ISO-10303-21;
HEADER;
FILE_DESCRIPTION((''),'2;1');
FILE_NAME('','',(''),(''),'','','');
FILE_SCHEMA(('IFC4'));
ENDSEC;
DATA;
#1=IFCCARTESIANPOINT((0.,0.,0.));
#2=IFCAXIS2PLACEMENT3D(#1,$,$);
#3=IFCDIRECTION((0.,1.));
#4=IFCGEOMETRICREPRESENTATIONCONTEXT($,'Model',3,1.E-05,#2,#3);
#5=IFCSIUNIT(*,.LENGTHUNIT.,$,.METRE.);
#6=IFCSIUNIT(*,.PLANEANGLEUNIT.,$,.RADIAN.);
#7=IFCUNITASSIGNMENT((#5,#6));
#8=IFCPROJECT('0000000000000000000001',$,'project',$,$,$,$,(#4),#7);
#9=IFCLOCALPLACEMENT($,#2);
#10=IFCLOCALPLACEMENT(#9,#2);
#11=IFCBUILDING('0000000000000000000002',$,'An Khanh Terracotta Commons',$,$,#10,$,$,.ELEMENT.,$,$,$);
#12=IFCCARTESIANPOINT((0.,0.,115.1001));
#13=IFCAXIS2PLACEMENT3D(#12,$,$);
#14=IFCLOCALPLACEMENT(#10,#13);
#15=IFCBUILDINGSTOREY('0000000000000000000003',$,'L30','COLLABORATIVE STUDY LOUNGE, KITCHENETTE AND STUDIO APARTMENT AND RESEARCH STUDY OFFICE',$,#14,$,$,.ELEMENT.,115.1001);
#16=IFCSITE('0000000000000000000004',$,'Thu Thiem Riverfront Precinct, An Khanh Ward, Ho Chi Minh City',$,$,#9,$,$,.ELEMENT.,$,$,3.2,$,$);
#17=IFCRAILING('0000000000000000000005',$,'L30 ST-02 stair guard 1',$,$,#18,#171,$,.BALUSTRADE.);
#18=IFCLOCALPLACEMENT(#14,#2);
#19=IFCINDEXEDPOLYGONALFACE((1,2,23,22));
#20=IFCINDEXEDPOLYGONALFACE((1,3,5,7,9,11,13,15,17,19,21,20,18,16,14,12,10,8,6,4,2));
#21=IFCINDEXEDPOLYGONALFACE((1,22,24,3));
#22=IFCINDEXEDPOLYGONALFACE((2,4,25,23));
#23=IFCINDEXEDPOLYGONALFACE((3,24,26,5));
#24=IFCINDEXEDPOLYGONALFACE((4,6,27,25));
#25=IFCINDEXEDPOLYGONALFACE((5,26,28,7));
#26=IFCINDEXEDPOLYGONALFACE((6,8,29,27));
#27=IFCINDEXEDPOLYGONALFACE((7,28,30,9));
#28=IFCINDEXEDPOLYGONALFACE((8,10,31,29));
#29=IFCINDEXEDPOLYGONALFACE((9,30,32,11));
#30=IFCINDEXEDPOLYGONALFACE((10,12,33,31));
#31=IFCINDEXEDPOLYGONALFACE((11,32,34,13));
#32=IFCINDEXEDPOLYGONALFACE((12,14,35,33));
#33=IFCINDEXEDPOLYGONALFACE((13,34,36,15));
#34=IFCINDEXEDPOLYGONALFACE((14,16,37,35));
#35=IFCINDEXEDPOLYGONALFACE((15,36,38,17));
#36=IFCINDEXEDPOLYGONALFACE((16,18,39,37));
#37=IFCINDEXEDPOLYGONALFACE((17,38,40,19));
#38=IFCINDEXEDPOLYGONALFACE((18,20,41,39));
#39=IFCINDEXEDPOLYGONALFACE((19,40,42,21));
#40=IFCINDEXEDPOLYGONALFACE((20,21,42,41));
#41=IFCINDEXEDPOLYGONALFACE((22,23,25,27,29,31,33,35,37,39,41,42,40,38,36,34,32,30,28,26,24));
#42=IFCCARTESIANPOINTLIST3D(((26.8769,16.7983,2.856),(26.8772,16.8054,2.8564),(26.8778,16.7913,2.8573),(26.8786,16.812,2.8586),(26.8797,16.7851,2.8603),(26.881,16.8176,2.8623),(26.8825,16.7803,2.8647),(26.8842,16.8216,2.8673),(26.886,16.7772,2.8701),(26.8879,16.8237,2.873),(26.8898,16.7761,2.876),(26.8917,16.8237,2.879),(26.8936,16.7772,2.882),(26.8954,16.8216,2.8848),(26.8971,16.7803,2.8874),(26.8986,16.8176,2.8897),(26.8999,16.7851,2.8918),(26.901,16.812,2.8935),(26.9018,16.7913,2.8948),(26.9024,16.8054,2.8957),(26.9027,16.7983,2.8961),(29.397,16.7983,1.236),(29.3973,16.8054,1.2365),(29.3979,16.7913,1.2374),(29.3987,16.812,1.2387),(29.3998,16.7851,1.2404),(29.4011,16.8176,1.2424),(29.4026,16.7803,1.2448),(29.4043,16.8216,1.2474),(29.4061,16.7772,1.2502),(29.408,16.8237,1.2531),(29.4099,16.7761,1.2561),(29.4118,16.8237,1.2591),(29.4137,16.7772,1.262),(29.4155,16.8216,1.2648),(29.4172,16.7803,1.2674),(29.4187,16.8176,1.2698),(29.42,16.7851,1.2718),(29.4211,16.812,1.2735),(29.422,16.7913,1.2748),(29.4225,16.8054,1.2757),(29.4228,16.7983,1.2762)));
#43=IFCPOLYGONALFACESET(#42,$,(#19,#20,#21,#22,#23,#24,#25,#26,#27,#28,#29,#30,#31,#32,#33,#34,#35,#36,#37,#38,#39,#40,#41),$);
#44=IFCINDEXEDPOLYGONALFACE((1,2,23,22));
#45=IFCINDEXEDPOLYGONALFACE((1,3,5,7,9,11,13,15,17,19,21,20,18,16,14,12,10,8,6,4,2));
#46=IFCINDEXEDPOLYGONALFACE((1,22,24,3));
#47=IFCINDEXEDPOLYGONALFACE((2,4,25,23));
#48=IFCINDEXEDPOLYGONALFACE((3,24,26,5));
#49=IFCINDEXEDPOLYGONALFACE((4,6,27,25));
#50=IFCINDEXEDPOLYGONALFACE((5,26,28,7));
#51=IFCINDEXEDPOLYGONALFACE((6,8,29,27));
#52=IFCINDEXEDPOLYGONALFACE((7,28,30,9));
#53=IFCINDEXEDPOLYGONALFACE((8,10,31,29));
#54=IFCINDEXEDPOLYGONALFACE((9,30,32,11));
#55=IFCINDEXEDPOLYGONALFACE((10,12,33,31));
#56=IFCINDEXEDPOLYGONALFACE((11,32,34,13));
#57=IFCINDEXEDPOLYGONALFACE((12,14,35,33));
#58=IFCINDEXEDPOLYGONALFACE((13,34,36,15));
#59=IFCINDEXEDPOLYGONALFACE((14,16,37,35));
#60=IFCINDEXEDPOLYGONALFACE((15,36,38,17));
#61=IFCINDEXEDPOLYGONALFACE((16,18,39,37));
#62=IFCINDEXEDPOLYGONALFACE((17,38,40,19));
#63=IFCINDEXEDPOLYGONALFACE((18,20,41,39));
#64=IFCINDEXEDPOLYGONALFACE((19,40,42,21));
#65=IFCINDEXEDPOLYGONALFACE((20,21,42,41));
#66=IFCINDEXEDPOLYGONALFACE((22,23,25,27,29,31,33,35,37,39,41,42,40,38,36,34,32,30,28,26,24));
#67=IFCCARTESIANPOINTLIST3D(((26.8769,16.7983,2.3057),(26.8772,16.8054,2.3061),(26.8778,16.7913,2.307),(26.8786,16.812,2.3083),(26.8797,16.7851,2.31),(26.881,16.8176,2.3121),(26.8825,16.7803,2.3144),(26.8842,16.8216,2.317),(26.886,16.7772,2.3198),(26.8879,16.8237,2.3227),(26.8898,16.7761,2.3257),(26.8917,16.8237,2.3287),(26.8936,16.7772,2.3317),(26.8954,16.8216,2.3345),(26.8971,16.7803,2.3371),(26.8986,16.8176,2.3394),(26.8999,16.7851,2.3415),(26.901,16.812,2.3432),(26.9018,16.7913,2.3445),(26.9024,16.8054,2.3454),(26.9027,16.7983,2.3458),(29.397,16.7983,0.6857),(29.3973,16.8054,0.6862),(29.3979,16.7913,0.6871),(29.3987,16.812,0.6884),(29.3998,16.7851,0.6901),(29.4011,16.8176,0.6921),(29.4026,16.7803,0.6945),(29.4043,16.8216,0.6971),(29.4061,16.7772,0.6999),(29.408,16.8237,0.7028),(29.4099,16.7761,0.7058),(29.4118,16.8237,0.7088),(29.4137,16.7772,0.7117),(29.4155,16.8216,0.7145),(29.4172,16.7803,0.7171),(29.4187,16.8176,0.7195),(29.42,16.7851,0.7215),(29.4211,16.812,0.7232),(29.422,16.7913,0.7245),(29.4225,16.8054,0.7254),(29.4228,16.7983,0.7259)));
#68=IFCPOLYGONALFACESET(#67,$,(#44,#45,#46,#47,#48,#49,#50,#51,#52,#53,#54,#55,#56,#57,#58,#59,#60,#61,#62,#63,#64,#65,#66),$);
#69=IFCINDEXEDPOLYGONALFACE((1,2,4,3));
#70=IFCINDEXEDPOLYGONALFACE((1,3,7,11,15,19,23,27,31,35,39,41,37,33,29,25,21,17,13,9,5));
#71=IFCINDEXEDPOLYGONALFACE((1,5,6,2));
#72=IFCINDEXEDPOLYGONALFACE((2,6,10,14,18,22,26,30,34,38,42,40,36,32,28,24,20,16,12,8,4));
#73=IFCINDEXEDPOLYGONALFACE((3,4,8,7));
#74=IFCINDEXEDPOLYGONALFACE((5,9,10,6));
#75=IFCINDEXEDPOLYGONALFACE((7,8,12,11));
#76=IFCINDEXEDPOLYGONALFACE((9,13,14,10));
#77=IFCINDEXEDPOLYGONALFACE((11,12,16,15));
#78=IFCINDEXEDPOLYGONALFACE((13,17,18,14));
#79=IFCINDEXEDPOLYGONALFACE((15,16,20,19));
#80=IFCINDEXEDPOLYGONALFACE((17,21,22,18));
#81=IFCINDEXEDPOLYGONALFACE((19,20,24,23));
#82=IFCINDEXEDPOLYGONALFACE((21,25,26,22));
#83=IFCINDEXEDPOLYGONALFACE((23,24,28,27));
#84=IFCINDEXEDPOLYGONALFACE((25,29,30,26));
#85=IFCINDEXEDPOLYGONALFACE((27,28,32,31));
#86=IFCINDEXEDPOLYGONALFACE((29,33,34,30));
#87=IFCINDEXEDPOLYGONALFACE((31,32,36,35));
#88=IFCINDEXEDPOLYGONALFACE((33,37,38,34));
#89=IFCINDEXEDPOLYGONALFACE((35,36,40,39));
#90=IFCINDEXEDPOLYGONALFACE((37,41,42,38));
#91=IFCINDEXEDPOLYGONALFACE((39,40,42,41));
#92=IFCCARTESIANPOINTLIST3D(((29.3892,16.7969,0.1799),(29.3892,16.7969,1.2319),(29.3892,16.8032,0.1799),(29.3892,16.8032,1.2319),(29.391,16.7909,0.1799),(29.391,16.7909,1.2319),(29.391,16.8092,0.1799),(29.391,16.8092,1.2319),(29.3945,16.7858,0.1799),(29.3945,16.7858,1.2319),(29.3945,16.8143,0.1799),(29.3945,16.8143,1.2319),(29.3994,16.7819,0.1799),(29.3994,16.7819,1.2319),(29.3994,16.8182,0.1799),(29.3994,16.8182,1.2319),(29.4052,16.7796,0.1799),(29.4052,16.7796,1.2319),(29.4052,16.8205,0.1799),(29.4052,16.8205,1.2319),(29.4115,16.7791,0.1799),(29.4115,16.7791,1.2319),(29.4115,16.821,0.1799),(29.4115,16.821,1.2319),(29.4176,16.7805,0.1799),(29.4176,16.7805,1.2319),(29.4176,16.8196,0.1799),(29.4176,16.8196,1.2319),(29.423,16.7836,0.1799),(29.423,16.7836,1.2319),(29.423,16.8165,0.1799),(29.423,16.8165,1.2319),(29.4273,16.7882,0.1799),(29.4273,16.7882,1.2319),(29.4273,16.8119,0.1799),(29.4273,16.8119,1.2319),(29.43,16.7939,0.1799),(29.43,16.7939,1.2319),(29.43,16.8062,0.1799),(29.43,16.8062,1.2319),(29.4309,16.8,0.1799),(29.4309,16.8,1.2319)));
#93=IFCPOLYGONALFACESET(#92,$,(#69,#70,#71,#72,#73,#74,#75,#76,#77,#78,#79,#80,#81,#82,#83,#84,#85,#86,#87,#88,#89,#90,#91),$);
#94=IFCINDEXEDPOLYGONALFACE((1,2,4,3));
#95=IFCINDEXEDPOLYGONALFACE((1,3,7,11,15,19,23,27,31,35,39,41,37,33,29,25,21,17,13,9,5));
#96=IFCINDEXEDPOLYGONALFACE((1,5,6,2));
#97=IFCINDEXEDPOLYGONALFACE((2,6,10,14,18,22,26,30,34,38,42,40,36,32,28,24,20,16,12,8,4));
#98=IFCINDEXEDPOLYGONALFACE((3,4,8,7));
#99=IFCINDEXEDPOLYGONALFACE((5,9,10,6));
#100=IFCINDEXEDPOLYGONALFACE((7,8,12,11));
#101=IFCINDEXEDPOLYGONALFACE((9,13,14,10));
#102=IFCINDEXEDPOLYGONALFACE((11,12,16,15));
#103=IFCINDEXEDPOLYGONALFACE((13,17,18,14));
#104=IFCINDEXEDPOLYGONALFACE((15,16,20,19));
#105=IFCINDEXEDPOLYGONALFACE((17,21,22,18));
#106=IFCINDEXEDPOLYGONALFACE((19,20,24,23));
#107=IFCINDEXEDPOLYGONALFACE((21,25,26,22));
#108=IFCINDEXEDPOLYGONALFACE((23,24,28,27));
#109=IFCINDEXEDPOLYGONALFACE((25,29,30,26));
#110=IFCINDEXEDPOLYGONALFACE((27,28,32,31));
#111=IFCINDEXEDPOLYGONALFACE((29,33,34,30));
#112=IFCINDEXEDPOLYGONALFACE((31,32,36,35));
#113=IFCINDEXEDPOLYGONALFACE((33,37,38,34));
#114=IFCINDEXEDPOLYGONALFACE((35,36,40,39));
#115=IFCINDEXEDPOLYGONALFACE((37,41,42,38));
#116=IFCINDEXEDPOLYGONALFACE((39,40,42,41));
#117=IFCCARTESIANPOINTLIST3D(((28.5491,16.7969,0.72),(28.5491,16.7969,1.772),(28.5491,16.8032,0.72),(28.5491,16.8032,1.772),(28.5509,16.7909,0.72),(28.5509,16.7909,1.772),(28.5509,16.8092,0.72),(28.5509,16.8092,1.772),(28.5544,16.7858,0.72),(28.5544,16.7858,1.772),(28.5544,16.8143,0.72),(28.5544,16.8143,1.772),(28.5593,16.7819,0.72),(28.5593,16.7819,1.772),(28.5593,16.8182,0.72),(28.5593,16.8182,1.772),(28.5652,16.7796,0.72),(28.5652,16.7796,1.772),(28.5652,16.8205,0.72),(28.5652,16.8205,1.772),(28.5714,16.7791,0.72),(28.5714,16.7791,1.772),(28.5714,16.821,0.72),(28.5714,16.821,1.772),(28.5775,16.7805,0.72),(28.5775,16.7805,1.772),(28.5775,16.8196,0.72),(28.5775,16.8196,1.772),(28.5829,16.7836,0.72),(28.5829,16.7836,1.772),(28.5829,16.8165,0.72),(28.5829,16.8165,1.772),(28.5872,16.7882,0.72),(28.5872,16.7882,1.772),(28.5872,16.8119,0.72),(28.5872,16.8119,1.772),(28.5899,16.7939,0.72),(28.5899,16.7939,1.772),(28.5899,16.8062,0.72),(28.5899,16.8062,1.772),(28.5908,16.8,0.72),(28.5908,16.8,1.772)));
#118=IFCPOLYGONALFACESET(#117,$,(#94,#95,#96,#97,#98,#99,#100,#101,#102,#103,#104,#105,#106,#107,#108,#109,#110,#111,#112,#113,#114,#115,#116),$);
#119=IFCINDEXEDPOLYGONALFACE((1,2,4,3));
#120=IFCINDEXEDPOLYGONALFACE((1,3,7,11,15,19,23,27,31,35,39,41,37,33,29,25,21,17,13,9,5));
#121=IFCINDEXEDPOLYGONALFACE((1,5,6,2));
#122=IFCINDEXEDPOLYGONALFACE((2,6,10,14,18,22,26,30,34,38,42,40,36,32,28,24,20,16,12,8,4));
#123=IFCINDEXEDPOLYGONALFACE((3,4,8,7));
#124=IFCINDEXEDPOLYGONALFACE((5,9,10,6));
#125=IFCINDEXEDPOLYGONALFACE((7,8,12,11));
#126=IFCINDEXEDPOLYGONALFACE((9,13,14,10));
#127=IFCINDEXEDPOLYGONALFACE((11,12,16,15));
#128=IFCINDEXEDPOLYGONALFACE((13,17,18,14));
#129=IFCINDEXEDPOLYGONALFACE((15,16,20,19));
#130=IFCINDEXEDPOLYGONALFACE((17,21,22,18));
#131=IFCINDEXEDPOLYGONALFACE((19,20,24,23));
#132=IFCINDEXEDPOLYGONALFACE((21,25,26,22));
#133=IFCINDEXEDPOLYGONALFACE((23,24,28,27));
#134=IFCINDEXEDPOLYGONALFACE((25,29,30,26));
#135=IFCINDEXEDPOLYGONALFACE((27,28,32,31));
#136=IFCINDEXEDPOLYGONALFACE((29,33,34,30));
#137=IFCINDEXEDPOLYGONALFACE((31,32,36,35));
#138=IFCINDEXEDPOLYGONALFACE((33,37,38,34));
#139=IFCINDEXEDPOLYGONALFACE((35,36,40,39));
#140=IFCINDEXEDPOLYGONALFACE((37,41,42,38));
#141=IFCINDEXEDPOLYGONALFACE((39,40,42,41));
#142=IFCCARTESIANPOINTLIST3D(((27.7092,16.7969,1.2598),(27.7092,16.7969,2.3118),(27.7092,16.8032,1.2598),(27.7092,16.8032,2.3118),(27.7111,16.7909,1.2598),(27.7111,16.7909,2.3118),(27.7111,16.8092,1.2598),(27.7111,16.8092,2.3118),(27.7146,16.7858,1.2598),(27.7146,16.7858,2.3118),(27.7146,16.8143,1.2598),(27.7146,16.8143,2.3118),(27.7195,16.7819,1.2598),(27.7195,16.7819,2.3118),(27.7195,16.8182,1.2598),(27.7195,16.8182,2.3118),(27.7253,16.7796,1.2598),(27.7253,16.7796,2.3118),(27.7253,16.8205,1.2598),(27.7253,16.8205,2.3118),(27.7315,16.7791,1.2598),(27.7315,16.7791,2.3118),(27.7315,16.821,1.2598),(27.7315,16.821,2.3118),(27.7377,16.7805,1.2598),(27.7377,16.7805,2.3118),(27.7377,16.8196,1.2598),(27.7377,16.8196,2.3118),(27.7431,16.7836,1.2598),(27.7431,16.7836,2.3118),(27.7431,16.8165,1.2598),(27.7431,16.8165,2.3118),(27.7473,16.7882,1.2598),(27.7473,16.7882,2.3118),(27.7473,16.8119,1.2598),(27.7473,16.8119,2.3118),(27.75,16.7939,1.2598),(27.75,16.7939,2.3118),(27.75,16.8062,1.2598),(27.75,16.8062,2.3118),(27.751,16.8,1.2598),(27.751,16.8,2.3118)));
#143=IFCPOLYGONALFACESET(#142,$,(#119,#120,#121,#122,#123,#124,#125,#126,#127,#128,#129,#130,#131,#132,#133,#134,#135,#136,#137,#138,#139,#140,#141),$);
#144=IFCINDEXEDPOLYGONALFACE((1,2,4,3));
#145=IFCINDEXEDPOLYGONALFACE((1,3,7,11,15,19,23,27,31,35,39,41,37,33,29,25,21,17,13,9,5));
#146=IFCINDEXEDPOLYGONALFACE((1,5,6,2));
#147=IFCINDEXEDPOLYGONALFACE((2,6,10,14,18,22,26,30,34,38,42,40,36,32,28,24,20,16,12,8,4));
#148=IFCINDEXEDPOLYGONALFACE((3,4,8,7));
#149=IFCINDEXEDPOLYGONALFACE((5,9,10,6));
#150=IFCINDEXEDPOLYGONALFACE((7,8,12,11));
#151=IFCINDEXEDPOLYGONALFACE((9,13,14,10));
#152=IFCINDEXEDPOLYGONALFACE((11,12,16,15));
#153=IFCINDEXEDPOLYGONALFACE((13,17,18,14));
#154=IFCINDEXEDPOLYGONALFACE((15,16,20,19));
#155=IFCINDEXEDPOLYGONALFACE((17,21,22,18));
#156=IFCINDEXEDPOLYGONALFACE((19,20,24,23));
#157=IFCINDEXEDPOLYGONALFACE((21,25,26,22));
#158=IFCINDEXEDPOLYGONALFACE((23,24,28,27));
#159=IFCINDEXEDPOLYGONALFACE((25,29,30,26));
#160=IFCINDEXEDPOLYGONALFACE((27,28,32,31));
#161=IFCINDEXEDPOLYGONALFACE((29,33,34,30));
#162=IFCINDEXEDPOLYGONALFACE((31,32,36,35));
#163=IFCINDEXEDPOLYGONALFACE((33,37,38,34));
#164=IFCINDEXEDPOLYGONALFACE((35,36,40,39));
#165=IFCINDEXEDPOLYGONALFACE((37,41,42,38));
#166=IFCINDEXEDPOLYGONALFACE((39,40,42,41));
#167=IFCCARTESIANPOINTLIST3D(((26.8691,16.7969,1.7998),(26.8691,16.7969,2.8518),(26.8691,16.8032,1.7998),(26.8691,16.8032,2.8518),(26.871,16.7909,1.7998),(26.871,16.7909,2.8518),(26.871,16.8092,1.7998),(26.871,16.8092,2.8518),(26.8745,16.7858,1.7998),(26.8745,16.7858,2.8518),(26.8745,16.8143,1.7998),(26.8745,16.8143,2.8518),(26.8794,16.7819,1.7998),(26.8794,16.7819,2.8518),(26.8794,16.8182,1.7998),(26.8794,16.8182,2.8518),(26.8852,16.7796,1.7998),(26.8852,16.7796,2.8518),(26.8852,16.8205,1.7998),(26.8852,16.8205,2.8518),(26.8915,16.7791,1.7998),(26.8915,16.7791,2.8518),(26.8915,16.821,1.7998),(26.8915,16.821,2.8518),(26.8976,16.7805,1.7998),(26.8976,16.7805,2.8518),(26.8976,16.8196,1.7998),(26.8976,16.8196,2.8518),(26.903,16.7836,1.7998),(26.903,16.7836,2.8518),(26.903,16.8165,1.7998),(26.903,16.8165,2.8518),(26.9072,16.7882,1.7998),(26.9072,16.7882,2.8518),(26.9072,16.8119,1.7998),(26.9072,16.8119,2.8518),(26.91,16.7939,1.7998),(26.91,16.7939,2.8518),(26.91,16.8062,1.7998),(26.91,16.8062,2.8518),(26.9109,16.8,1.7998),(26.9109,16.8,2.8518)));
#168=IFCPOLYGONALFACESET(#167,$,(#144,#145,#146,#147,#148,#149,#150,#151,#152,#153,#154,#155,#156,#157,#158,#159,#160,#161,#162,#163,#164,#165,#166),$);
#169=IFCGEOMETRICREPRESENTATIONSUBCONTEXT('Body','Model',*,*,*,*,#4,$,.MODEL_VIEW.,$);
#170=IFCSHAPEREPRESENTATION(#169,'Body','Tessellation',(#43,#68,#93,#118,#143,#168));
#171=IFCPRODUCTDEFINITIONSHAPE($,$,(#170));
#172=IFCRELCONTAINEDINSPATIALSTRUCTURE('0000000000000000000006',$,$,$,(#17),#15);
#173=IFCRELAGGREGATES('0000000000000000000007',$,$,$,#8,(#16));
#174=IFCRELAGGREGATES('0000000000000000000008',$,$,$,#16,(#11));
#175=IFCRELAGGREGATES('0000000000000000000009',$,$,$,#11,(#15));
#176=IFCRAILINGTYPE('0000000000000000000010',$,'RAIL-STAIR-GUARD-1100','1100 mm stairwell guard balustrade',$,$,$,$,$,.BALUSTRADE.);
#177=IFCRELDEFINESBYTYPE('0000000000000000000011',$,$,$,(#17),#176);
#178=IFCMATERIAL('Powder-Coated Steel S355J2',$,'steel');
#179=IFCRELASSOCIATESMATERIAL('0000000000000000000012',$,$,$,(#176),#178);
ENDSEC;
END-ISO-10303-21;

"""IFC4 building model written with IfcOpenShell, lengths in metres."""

from ifc_helpers import new_model, si_unit, direction, frame, origin, origin_2d, place, context, subcontext, project, spatial, circle, extrude, material, type_object, element, save


model = new_model("IFC4")

# Units and contexts
model_context = context("Model", 3, precision=1e-05, world=origin(), true_north=direction((0.0, 1.0)))
body_context = subcontext(model_context, "Body", "Model", "MODEL_VIEW")
ifc_project = project(units=[si_unit("LENGTHUNIT", "METRE"), si_unit("PLANEANGLEUNIT", "RADIAN")], contexts=[model_context])

# Site, building, storey
site_placement = place(None, origin())
site = spatial("IfcSite", under=ifc_project, at=site_placement, Name="Thu Thiem Riverfront Precinct, An Khanh Ward, Ho Chi Minh City", CompositionType="ELEMENT", RefElevation=3.2)
building_placement = place(site_placement, origin())
building = spatial("IfcBuilding", under=site, at=building_placement, Name="An Khanh Terracotta Commons", CompositionType="ELEMENT")
storey_placement = place(building_placement, frame((0.0, 0.0, 115.1001)))
storey = spatial("IfcBuildingStorey", under=building, at=storey_placement, Name="L30", Description="COLLABORATIVE STUDY LOUNGE, KITCHENETTE AND STUDIO APARTMENT AND RESEARCH STUDY OFFICE", CompositionType="ELEMENT", Elevation=115.1001)

# Railing
ifc_material_1 = material(Name="Powder-Coated Steel S355J2", Category="steel")
railing_type_1 = type_object("IfcRailingType", Name="RAIL-STAIR-GUARD-1100", Description="1100 mm stairwell guard balustrade", PredefinedType="BALUSTRADE", material=ifc_material_1)
railing_1_placement = place(storey_placement, frame((29.4099, 16.8, 0.1799)))
element("IfcRailing", 1, at=railing_1_placement, inside=storey, type_object=railing_type_1, Name="L30 ST-02 stair guard 1", PredefinedType="BALUSTRADE", context=body_context, shape_type="SweptSolid", body=[
    extrude(circle(Radius=0.0239, at=origin_2d()), frame((0.0, 0.0, 1.0762), z_axis=(-0.8412, 0.0, 0.540725), x_axis=(0.0, -1.0, 0.0)), (0.0, 0.0, 1.0), 2.9958),
    extrude(circle(Radius=0.0239, at=origin_2d()), frame((0.0, 0.0, 0.5259), z_axis=(-0.8412, 0.0, 0.540725), x_axis=(0.0, -1.0, 0.0)), (0.0, 0.0, 1.0), 2.9958),
    extrude(circle(Radius=0.021, at=origin_2d()), origin(), (0.0, 0.0, 1.0), 1.052),
    extrude(circle(Radius=0.021, at=origin_2d()), frame((-0.8401, 0.0, 0.54)), (0.0, 0.0, 1.0), 1.052),
    extrude(circle(Radius=0.021, at=origin_2d()), frame((-1.6799, 0.0, 1.0798)), (0.0, 0.0, 1.0), 1.052),
    extrude(circle(Radius=0.021, at=origin_2d()), frame((-2.52, 0.0, 1.6199)), (0.0, 0.0, 1.0), 1.052),
])

save(model, "model.ifc")
